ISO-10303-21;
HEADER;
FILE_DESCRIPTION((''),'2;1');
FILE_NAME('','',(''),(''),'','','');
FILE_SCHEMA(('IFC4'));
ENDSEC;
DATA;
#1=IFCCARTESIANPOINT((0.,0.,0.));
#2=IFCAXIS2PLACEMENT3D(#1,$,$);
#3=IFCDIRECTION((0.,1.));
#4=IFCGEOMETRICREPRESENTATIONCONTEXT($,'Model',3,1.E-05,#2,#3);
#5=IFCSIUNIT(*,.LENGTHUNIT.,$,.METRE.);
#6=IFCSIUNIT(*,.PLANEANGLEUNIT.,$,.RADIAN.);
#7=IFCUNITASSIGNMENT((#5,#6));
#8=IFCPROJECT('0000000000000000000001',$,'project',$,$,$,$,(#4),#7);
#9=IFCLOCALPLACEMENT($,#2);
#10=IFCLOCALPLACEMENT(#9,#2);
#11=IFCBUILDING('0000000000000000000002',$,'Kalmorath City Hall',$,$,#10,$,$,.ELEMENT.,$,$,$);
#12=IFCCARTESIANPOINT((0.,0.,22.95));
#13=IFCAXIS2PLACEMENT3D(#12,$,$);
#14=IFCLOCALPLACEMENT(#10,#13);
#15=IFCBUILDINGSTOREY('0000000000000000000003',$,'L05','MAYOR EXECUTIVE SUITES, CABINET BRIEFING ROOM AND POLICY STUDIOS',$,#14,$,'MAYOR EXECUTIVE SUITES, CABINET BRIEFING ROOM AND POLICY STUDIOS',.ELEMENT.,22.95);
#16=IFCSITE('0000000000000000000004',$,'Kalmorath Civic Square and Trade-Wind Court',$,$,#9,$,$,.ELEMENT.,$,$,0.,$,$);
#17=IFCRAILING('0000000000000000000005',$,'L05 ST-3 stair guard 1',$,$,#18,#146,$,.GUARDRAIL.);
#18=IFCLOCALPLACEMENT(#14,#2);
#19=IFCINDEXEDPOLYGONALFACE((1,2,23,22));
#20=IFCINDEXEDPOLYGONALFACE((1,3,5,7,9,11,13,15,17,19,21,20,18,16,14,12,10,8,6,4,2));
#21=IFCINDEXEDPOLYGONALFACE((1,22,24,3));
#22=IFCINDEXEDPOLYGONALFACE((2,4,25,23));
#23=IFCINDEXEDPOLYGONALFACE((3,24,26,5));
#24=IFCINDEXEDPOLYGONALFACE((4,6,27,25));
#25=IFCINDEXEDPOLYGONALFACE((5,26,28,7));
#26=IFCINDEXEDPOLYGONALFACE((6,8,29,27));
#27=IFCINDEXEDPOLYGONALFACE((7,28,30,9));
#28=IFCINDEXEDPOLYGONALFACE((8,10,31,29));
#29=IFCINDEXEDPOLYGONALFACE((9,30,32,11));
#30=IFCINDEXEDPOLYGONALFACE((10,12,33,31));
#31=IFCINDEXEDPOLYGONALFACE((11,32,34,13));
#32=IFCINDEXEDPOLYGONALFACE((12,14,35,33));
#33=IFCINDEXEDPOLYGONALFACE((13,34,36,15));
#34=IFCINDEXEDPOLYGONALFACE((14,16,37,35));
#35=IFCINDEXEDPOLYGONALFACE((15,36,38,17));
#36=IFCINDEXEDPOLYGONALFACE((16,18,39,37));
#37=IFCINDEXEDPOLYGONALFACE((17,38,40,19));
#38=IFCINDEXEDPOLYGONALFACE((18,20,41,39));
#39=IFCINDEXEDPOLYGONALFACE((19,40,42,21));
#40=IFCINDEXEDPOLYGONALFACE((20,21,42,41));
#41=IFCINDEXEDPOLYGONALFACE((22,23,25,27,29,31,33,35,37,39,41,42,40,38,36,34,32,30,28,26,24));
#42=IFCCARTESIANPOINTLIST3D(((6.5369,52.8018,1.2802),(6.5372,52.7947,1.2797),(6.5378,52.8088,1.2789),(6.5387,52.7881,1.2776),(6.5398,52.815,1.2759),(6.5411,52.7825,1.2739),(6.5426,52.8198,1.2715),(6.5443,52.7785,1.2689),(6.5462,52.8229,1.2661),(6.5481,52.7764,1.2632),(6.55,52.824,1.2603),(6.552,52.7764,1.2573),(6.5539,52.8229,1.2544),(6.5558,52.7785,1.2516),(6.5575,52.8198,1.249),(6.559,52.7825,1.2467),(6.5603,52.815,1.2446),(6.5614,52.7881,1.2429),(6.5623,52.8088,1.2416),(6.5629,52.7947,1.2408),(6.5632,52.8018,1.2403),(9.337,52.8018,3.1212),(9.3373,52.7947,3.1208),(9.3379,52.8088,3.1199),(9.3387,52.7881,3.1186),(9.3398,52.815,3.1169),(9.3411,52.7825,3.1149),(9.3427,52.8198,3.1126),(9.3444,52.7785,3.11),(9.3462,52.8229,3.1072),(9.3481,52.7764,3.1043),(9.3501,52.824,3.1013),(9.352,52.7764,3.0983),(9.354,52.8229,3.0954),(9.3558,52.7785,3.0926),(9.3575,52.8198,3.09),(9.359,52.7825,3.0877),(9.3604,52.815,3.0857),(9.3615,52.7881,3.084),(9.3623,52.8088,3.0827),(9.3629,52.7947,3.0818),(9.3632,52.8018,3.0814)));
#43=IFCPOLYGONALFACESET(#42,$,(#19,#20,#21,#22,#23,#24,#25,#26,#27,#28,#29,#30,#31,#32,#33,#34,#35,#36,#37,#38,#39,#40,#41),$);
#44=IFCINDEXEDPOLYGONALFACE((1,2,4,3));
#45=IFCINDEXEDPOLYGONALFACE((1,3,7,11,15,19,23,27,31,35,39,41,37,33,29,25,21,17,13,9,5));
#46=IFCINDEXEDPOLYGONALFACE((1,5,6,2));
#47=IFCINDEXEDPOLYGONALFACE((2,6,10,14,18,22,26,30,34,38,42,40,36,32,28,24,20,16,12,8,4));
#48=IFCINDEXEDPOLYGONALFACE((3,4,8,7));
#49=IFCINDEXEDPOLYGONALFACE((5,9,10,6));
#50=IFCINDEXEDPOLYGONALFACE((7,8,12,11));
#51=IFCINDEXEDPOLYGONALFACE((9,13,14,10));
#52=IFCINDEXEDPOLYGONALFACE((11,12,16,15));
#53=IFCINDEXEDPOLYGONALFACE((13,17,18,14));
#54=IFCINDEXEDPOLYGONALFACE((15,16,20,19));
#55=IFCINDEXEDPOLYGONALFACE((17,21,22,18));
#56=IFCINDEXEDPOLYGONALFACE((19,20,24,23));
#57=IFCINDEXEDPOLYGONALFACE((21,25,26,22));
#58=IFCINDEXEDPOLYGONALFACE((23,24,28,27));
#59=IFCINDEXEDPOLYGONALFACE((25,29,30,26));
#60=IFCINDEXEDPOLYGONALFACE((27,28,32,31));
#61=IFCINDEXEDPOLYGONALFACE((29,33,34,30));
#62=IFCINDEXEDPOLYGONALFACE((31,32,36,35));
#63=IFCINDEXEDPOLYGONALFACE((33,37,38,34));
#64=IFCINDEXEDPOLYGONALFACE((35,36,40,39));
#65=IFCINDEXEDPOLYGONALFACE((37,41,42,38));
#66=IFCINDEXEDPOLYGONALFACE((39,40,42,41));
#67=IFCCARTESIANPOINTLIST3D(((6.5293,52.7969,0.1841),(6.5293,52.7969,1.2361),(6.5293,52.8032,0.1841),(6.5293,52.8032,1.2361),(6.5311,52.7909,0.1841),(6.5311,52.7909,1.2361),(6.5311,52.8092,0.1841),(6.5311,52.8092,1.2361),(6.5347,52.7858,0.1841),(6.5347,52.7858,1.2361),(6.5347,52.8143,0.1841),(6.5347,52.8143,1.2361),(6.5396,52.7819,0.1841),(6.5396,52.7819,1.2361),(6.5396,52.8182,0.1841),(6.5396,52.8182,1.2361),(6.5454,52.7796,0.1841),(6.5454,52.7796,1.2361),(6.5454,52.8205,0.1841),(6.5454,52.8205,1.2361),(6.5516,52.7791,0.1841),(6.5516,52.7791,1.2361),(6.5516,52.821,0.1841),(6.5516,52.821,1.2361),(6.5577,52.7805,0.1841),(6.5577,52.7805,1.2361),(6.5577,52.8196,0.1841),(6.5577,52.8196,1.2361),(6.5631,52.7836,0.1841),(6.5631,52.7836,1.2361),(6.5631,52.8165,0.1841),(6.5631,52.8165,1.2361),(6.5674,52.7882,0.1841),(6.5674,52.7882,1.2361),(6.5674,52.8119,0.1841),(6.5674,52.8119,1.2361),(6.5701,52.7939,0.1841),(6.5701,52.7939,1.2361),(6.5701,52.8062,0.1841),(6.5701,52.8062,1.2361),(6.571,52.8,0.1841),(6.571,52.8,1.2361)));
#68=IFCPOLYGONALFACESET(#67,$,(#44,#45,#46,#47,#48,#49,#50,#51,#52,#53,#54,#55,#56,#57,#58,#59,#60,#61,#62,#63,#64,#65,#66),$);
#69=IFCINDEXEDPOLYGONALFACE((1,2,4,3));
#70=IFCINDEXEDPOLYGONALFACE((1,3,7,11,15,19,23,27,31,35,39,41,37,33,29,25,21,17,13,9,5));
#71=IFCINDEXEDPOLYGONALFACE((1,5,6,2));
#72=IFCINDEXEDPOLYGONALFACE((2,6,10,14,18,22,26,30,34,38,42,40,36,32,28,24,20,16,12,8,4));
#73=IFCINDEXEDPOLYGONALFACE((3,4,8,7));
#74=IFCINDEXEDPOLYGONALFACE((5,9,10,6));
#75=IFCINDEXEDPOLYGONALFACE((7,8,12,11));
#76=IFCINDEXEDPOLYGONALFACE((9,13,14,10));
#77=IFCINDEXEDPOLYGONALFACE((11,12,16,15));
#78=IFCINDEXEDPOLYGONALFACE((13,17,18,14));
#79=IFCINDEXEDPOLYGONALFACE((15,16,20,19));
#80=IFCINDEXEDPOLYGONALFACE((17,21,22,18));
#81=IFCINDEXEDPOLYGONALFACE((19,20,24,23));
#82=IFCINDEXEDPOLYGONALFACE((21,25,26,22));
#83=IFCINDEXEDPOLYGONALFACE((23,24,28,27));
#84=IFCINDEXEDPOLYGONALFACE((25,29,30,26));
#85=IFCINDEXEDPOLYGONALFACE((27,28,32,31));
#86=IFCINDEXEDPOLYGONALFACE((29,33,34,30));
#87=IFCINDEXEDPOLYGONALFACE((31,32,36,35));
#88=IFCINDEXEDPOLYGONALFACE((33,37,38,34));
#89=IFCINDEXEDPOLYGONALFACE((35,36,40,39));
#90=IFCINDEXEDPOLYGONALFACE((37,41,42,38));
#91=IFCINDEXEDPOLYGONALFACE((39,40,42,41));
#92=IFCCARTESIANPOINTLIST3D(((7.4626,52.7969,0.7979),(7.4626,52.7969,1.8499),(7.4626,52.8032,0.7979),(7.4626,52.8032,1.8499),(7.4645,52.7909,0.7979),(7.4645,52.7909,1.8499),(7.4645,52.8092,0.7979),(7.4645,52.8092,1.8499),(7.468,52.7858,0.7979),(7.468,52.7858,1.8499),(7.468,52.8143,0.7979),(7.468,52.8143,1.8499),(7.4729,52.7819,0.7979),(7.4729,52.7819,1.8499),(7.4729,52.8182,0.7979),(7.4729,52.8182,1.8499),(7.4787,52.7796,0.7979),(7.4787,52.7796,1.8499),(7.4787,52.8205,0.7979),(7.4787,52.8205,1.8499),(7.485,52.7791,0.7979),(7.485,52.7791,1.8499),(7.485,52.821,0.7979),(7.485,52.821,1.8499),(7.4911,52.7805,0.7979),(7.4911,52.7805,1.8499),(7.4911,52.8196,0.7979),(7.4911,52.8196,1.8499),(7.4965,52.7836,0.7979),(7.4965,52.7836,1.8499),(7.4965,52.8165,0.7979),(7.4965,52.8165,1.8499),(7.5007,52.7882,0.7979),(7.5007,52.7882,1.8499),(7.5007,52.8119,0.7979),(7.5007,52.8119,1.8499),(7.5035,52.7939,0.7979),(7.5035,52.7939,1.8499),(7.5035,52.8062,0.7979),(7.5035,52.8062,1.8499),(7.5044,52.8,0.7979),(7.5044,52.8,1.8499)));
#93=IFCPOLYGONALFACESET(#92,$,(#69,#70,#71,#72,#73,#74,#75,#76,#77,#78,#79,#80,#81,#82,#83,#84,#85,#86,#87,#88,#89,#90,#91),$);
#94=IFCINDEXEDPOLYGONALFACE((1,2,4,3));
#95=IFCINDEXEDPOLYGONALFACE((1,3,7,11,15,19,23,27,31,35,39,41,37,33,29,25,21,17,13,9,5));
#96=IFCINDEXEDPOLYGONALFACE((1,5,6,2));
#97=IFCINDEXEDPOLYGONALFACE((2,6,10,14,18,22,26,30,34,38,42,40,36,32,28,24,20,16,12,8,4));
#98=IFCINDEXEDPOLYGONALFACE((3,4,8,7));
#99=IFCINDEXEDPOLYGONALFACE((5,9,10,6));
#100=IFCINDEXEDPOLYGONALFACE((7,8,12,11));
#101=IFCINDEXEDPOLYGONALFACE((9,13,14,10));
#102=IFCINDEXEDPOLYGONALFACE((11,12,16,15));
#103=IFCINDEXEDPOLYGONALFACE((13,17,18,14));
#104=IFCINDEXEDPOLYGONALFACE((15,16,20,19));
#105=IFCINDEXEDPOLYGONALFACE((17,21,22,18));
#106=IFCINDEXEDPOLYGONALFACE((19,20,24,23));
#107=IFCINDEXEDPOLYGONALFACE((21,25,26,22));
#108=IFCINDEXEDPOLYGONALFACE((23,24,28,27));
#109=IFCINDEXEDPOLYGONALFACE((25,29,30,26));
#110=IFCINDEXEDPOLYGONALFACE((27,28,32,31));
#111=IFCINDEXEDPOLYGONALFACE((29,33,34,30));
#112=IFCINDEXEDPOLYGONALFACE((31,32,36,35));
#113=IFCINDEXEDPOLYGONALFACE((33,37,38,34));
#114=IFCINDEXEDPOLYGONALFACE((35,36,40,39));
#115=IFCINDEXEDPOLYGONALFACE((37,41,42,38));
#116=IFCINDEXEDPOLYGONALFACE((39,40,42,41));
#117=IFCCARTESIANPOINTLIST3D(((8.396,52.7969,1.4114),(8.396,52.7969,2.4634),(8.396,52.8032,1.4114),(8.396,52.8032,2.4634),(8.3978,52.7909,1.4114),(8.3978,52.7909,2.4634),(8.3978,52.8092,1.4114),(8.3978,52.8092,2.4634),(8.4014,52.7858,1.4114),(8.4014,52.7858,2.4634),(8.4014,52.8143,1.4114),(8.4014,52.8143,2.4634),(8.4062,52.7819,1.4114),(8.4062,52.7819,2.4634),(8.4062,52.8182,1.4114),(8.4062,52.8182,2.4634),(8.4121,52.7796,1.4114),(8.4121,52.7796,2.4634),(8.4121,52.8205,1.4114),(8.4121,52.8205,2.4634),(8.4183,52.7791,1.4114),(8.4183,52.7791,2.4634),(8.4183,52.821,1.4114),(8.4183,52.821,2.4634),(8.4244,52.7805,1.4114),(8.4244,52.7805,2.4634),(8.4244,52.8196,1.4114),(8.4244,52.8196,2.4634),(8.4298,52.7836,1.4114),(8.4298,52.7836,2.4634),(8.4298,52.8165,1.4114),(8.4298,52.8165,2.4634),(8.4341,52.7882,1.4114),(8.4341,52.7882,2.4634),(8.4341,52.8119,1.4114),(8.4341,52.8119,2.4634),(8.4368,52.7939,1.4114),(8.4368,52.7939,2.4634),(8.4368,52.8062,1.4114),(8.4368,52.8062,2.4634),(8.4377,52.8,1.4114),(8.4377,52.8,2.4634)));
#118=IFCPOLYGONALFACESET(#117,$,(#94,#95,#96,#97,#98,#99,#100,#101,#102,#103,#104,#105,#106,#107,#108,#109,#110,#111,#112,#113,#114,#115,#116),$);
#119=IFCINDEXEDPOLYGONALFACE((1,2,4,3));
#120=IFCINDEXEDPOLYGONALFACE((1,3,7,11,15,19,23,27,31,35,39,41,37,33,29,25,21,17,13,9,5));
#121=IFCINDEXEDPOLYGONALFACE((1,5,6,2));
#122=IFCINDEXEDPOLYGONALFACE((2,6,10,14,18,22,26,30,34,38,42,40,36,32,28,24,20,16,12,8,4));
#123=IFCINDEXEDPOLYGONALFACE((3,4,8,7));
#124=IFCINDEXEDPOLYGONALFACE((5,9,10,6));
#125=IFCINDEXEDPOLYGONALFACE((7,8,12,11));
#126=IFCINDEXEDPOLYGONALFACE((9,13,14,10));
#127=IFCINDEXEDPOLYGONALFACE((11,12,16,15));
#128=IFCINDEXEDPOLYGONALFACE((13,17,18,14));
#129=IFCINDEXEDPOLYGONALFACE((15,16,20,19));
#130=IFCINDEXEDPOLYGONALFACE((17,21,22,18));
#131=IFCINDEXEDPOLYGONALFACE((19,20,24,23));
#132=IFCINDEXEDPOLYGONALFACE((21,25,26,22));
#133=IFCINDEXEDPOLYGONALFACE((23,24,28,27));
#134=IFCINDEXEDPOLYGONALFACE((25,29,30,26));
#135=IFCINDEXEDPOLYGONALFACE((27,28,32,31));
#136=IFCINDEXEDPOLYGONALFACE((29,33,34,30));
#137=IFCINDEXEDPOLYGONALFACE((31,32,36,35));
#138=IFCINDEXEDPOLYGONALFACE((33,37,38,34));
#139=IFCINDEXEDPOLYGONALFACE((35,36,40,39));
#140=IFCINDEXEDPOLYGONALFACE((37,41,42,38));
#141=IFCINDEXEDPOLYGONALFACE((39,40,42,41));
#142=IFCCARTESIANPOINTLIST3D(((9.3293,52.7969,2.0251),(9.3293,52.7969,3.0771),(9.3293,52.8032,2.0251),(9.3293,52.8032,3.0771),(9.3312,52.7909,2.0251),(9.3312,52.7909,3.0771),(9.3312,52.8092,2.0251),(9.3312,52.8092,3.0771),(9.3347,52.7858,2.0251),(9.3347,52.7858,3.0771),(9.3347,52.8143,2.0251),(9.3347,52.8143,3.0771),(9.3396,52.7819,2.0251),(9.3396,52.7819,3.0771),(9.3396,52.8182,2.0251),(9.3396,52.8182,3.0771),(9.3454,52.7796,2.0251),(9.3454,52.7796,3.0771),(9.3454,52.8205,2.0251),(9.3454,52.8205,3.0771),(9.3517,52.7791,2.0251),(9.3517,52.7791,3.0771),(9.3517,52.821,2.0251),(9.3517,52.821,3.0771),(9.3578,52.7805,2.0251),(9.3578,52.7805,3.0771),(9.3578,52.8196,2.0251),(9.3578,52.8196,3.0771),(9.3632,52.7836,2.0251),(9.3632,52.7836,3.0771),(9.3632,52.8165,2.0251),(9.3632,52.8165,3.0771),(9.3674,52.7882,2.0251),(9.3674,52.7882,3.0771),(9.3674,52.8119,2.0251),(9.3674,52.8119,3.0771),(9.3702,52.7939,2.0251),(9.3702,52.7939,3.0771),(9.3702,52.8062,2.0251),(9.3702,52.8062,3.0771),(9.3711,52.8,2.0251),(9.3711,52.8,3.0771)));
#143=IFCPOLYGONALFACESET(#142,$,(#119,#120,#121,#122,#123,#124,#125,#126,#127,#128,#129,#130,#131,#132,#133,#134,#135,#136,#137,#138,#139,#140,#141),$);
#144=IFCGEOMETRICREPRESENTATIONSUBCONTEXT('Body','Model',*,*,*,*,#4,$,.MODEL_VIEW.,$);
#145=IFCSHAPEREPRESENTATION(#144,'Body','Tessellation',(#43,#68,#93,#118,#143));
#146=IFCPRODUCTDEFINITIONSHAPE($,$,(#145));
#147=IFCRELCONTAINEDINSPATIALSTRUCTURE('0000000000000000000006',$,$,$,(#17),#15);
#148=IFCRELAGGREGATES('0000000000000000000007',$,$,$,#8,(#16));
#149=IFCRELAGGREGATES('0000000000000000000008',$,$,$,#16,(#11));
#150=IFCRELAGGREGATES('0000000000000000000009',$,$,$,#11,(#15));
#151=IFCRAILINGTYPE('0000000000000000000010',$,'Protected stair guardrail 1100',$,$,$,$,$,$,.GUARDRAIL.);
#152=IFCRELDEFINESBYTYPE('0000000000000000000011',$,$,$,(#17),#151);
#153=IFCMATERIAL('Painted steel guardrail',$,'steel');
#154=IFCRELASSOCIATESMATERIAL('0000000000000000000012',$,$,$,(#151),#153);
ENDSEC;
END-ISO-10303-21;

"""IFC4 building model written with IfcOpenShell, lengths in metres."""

from ifc_helpers import new_model, si_unit, direction, frame, origin, origin_2d, place, context, subcontext, project, spatial, circle, extrude, material, type_object, element, save


model = new_model("IFC4")

# Units and contexts
model_context = context("Model", 3, precision=1e-05, world=origin(), true_north=direction((0.0, 1.0)))
body_context = subcontext(model_context, "Body", "Model", "MODEL_VIEW")
ifc_project = project(units=[si_unit("LENGTHUNIT", "METRE"), si_unit("PLANEANGLEUNIT", "RADIAN")], contexts=[model_context])

# Site, building, storey
site_placement = place(None, origin())
site = spatial("IfcSite", under=ifc_project, at=site_placement, Name="Kalmorath Civic Square and Trade-Wind Court", CompositionType="ELEMENT", RefElevation=0.0)
building_placement = place(site_placement, origin())
building = spatial("IfcBuilding", under=site, at=building_placement, Name="Kalmorath City Hall", CompositionType="ELEMENT")
storey_placement = place(building_placement, frame((0.0, 0.0, 22.95)))
storey = spatial("IfcBuildingStorey", under=building, at=storey_placement, Name="L05", Description="MAYOR EXECUTIVE SUITES, CABINET BRIEFING ROOM AND POLICY STUDIOS", LongName="MAYOR EXECUTIVE SUITES, CABINET BRIEFING ROOM AND POLICY STUDIOS", CompositionType="ELEMENT", Elevation=22.95)

# Railing
ifc_material_1 = material(Name="Painted steel guardrail", Category="steel")
railing_type_1 = type_object("IfcRailingType", Name="Protected stair guardrail 1100", PredefinedType="GUARDRAIL", material=ifc_material_1)
railing_1_placement = place(storey_placement, frame((6.55, 52.8, 0.1841)))
element("IfcRailing", 1, at=railing_1_placement, inside=storey, type_object=railing_type_1, Name="L05 ST-3 stair guard 1", PredefinedType="GUARDRAIL", context=body_context, shape_type="SweptSolid", body=[
    extrude(circle(Radius=0.0239, at=origin_2d()), frame((0.0, 0.0, 1.0762), z_axis=(0.835564, 0.0, 0.549393), x_axis=(0.0, 1.0, 0.0)), (0.0, 0.0, 1.0), 3.3511),
    extrude(circle(Radius=0.021, at=origin_2d()), origin(), (0.0, 0.0, 1.0), 1.052),
    extrude(circle(Radius=0.021, at=origin_2d()), frame((0.9333, 0.0, 0.6138)), (0.0, 0.0, 1.0), 1.052),
    extrude(circle(Radius=0.021, at=origin_2d()), frame((1.8667, 0.0, 1.2273)), (0.0, 0.0, 1.0), 1.052),
    extrude(circle(Radius=0.021, at=origin_2d()), frame((2.8, 0.0, 1.8411)), (0.0, 0.0, 1.0), 1.052),
])

save(model, "model.ifc")
